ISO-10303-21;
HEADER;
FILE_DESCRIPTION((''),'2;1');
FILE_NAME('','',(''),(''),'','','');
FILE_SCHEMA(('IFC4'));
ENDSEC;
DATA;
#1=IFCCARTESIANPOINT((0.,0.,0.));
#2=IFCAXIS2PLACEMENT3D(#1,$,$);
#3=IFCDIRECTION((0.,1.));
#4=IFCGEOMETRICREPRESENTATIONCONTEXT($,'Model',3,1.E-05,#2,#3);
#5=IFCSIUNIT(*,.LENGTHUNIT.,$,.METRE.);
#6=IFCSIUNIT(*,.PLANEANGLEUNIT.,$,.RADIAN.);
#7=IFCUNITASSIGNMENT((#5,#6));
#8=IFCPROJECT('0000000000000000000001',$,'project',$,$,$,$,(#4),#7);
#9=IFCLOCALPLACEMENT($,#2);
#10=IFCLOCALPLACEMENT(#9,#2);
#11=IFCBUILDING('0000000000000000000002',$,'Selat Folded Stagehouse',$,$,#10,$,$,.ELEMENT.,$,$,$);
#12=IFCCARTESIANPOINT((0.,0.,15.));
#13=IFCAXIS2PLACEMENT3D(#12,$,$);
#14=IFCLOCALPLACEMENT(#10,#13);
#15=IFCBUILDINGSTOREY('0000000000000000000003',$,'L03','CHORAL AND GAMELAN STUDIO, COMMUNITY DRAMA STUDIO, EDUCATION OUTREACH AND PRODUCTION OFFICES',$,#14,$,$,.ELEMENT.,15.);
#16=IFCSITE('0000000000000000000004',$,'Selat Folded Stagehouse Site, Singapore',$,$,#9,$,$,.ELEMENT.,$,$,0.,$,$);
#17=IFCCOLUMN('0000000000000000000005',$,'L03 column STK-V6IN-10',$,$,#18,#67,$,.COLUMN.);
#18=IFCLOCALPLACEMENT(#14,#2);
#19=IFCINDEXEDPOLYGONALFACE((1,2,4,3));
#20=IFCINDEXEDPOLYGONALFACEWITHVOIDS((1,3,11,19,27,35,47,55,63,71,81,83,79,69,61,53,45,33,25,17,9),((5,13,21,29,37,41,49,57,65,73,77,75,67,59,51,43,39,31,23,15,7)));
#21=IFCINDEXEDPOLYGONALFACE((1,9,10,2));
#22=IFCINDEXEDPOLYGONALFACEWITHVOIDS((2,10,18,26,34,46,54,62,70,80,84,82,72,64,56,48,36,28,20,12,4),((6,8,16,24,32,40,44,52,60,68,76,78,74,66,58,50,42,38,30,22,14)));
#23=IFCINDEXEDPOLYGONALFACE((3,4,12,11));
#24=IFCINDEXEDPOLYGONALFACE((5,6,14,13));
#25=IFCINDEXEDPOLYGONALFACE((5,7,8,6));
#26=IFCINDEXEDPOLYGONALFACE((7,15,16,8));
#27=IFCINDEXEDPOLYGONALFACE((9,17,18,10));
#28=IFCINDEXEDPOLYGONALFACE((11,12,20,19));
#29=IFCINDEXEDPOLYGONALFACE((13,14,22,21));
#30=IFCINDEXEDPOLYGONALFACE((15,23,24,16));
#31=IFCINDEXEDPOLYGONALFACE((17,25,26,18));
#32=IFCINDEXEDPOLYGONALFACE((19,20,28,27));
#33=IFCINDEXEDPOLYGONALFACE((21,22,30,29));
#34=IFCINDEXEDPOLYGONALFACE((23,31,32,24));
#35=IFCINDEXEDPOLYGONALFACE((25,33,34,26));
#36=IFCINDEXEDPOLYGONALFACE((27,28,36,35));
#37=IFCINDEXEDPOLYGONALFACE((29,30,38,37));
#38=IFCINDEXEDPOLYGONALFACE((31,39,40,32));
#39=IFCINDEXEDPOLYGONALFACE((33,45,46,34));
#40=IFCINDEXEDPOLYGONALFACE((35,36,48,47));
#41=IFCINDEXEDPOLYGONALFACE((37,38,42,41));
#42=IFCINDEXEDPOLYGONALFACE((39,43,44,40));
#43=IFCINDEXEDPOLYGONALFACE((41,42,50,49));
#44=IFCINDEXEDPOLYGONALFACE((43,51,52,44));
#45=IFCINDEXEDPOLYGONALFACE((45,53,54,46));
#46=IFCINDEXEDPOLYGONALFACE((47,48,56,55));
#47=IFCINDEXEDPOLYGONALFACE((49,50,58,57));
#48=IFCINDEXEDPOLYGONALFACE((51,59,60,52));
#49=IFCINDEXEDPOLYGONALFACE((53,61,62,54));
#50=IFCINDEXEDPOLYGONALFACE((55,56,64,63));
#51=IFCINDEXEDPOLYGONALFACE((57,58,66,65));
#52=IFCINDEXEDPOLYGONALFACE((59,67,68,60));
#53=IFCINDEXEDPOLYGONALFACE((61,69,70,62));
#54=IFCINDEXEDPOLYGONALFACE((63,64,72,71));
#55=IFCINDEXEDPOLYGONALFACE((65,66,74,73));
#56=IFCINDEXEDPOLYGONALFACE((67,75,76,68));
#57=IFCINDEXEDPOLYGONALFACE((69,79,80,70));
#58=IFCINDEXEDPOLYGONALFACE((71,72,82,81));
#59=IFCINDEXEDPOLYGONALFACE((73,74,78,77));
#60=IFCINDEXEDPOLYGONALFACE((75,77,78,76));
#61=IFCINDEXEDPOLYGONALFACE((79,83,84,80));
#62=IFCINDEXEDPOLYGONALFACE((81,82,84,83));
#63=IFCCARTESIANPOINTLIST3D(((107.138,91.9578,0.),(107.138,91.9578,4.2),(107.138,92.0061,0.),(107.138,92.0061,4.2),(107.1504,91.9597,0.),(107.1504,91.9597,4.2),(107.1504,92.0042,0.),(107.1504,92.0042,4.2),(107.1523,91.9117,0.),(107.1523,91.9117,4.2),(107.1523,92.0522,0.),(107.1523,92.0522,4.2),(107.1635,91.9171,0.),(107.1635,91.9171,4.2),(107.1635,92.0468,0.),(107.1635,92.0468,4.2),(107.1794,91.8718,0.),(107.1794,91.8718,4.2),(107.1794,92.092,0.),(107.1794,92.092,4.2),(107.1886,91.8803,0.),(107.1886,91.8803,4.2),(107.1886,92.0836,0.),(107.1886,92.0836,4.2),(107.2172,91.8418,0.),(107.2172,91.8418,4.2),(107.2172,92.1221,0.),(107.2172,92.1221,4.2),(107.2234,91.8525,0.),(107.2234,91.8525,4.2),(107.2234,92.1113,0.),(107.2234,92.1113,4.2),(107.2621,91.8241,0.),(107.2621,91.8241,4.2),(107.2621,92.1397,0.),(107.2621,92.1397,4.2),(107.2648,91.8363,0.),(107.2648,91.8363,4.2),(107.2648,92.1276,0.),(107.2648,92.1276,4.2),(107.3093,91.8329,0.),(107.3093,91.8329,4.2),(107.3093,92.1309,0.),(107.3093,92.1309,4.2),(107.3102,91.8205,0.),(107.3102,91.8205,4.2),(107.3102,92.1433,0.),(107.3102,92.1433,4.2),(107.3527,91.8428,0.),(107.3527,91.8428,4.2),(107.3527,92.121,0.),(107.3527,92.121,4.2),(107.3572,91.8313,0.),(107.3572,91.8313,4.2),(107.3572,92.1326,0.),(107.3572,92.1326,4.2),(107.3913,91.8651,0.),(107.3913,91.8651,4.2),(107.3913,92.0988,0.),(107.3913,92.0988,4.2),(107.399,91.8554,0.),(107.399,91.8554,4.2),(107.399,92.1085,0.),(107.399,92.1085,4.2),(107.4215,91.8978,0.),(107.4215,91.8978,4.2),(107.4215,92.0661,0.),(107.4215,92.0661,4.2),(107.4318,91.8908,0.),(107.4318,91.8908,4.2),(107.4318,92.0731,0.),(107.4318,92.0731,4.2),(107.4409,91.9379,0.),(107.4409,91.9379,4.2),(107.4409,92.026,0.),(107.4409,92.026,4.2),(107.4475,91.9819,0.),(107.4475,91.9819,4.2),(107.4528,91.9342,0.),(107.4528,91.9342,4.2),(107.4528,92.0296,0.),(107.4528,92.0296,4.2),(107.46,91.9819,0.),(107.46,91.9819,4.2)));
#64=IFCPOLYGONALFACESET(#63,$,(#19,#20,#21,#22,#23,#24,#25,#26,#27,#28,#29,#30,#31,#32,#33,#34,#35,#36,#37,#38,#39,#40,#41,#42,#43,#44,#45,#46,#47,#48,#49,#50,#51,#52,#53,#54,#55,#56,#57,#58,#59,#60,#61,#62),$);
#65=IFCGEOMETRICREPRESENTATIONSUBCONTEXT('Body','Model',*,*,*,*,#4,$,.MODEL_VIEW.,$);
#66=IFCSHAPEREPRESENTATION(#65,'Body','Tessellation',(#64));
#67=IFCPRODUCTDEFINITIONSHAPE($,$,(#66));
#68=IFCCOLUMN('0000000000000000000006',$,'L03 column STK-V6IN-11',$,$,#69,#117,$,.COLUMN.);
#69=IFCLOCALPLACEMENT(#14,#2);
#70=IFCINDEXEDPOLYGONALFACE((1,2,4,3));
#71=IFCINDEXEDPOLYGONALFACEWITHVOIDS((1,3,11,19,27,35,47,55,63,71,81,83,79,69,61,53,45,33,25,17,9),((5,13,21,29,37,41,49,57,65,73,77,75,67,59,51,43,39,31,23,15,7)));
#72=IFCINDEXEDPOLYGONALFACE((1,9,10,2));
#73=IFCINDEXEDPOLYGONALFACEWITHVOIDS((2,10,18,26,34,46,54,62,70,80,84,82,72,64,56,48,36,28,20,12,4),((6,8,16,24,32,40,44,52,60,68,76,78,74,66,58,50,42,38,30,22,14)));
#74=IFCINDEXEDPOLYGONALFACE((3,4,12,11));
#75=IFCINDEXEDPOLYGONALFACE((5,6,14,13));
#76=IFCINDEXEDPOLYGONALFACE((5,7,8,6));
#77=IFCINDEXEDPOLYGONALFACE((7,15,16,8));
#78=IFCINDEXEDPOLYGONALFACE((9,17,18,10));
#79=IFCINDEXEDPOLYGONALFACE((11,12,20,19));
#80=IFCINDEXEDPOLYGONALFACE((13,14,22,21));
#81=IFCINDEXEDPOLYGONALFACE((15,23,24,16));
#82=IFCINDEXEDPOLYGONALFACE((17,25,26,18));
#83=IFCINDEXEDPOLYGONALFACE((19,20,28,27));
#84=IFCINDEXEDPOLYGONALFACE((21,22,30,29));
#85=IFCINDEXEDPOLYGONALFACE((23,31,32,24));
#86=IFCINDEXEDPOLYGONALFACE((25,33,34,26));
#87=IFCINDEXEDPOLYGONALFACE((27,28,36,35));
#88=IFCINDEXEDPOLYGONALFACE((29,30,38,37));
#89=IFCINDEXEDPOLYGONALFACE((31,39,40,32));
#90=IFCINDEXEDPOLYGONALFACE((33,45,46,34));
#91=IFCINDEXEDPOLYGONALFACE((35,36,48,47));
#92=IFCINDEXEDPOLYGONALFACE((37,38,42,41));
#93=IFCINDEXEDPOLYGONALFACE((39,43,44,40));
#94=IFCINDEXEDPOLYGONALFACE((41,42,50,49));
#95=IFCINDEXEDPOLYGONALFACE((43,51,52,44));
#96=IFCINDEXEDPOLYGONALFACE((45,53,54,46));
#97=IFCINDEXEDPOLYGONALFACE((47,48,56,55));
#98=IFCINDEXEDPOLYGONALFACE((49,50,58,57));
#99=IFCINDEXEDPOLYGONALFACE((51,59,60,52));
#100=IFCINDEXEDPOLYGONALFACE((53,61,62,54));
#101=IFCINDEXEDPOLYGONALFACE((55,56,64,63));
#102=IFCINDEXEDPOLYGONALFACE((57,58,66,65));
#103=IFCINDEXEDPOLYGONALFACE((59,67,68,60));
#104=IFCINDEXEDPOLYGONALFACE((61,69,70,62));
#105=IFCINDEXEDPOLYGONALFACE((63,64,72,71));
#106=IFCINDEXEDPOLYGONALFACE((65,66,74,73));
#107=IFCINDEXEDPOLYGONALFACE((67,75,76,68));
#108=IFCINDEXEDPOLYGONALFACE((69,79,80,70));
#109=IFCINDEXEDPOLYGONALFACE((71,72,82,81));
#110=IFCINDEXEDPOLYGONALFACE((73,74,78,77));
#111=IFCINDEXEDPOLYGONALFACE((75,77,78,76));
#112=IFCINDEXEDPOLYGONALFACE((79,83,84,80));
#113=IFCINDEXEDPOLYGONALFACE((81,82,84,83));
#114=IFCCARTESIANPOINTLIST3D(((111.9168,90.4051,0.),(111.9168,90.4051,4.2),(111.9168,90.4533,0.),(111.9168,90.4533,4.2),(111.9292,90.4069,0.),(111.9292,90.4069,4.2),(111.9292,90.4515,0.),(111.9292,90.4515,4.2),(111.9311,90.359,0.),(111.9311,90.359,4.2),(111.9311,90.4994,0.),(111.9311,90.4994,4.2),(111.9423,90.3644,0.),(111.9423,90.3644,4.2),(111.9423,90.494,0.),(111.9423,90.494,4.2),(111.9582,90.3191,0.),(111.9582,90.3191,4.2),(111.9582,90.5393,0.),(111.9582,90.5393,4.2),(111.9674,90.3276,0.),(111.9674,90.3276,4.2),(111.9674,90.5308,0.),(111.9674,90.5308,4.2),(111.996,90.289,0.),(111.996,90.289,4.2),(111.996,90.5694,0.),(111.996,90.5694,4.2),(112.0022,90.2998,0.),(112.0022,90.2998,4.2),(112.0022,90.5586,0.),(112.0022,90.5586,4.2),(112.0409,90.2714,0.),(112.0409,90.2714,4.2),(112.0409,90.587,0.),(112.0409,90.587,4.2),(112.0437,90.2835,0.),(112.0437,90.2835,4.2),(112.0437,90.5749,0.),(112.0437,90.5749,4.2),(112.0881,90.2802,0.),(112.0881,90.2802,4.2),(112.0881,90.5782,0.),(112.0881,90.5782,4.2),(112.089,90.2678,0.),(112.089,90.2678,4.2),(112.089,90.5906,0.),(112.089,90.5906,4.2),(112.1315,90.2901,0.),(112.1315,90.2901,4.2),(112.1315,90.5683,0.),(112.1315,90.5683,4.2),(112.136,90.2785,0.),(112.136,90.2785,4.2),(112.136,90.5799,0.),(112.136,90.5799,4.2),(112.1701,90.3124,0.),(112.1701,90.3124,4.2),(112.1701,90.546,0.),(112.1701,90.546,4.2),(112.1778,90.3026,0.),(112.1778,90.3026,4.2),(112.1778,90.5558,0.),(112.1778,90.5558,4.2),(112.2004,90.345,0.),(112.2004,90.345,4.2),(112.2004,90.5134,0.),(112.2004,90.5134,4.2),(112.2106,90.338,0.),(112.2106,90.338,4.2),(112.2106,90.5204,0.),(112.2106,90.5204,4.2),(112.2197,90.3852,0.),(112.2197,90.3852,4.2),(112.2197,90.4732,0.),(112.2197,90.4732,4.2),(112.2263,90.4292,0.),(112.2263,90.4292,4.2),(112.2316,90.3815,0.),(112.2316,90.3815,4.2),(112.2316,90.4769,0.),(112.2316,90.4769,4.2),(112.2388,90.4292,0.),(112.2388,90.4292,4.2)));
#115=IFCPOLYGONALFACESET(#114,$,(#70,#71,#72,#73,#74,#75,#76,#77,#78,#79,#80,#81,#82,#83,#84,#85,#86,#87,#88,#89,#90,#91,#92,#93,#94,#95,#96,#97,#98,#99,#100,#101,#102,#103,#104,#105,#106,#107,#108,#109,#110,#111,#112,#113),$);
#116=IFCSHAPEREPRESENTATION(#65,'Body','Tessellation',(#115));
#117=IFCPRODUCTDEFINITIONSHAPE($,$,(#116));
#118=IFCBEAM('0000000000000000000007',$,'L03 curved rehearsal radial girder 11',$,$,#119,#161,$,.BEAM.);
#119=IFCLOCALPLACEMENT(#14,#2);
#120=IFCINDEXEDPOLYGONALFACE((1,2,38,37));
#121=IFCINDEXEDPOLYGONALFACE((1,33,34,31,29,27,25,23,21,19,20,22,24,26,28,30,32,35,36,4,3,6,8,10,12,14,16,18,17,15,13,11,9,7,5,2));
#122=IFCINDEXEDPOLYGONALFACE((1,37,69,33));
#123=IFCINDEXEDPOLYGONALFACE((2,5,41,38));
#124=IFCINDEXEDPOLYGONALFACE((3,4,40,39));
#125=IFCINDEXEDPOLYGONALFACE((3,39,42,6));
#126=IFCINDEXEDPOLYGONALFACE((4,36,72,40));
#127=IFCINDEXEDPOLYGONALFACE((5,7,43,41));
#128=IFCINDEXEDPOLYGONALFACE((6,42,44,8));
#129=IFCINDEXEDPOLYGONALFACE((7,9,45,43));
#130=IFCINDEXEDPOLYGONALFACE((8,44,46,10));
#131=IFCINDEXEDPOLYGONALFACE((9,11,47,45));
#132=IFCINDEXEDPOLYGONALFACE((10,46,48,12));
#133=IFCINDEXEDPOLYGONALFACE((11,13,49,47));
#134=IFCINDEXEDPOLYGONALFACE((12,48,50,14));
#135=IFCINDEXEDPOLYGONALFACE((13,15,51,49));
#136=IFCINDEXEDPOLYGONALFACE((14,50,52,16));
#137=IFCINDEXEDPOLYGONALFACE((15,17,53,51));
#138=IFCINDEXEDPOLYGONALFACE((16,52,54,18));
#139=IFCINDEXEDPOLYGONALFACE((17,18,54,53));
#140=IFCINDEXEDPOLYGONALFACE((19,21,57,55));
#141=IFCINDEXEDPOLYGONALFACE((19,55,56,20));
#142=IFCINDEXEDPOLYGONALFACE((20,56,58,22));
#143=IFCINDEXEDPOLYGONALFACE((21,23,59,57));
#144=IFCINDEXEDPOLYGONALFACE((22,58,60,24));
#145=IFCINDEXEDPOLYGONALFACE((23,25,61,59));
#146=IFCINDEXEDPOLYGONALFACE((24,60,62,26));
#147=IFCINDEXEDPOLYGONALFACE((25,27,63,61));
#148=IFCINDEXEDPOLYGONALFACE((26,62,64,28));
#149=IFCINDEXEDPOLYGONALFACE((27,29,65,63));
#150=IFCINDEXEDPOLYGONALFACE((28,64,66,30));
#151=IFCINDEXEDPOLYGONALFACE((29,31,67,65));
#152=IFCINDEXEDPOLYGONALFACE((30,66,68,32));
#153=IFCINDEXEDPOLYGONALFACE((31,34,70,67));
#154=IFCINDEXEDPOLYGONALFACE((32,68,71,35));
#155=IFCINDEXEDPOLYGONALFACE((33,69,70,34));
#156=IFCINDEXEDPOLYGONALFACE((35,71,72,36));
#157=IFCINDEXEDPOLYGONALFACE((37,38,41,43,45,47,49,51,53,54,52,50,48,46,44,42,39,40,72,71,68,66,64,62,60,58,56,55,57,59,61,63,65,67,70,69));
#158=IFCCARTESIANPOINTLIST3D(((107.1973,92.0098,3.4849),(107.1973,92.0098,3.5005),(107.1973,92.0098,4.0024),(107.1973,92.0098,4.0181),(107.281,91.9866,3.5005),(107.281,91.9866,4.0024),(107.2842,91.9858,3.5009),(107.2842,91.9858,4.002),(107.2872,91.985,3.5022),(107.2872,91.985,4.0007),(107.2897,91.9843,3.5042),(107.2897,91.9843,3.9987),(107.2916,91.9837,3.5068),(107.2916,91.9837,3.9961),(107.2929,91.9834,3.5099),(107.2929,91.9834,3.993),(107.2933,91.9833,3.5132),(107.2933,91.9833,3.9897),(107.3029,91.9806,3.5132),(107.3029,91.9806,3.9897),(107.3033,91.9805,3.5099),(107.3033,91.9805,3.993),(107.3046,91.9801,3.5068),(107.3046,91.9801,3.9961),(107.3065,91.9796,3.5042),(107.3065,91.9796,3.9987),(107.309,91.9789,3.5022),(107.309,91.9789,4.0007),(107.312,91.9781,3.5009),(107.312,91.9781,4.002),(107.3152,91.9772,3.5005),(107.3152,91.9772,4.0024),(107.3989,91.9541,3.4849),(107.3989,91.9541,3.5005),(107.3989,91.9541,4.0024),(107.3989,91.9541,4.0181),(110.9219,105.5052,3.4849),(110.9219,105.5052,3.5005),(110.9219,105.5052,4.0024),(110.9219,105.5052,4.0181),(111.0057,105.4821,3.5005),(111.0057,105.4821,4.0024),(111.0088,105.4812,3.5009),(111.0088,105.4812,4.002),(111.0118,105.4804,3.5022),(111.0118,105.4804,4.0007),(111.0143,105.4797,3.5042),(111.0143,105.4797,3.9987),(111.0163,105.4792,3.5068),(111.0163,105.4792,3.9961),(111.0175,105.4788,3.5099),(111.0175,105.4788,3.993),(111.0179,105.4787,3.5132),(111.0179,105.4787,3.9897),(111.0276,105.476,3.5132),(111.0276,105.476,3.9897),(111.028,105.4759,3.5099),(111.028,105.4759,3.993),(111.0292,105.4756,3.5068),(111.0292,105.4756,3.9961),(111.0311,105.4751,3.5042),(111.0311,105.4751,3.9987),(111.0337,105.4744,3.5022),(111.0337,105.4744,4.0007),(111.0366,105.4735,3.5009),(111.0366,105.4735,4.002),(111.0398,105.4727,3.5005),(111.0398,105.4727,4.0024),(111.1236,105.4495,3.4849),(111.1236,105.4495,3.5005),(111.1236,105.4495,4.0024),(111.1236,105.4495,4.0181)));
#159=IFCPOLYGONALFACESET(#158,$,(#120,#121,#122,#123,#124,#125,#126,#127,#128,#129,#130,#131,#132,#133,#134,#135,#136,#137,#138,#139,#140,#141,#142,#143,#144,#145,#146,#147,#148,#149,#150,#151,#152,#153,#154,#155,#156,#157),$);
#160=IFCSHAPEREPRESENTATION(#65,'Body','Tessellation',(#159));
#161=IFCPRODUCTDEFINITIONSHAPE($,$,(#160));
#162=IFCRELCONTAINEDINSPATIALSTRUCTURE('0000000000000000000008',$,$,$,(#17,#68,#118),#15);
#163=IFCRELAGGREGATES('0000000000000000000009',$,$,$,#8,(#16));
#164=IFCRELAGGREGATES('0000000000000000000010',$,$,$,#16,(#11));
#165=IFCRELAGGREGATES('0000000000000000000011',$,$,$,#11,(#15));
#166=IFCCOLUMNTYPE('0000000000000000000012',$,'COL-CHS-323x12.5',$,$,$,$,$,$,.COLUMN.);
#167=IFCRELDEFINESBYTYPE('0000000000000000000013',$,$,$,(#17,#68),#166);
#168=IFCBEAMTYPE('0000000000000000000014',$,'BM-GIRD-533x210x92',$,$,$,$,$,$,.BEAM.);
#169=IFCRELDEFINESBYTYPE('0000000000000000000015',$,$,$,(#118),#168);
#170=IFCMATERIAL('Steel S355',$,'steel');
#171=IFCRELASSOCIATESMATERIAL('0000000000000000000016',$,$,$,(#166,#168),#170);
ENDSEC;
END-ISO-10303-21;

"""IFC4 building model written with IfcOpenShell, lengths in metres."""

from ifc_helpers import new_model, si_unit, direction, frame, origin, origin_2d, place, context, subcontext, project, spatial, hollow_circle, i_section, extrude, material, material_profile, profile_set, type_object, element, save


model = new_model("IFC4")

# Units and contexts
model_context = context("Model", 3, precision=1e-05, world=origin(), true_north=direction((0.0, 1.0)))
body_context = subcontext(model_context, "Body", "Model", "MODEL_VIEW")
ifc_project = project(units=[si_unit("LENGTHUNIT", "METRE"), si_unit("PLANEANGLEUNIT", "RADIAN")], contexts=[model_context])

# Site, building, storey
site_placement = place(None, origin())
site = spatial("IfcSite", under=ifc_project, at=site_placement, Name="Selat Folded Stagehouse Site, Singapore", CompositionType="ELEMENT", RefElevation=0.0)
building_placement = place(site_placement, origin())
building = spatial("IfcBuilding", under=site, at=building_placement, Name="Selat Folded Stagehouse", CompositionType="ELEMENT")
storey_placement = place(building_placement, frame((0.0, 0.0, 15.0)))
storey = spatial("IfcBuildingStorey", under=building, at=storey_placement, Name="L03", Description="CHORAL AND GAMELAN STUDIO, COMMUNITY DRAMA STUDIO, EDUCATION OUTREACH AND PRODUCTION OFFICES", CompositionType="ELEMENT", Elevation=15.0)

# Columns
ifc_material_1 = material(Name="Steel S355", Category="steel")
ifc_material_profile_1 = material_profile(ifc_material_1, hollow_circle(Radius=0.1619, WallThickness=0.0125, at=origin_2d()), Name="CHS 323.9x12.5")
ifc_profile_set_1 = profile_set([ifc_material_profile_1], Name="Steel S355")
column_type = type_object("IfcColumnType", Name="COL-CHS-323x12.5", PredefinedType="COLUMN", material=ifc_profile_set_1)
for number, where, z_axis, x_axis, name in (
    (1, (107.2981, 91.9819, 0.0), (0.0, 0.0, 1.0), (1.0, 0.0, 0.0), "L03 column STK-V6IN-10"),
    (2, (112.0769, 90.4292, 0.0), (0.0, 0.0, 1.0), (1.0, 0.0, 0.0), "L03 column STK-V6IN-11"),
):
    element("IfcColumn", number, at=place(storey_placement, frame(where, z_axis=z_axis, x_axis=x_axis)), inside=storey, type_object=column_type, Name=name, PredefinedType="COLUMN", context=body_context, shape_type="SweptSolid", body=[
        extrude(hollow_circle(Radius=0.1619, WallThickness=0.0125, at=origin_2d()), origin(), (0.0, 0.0, 1.0), 4.2),
    ])

# Beam
ifc_material_profile_2 = material_profile(ifc_material_1, i_section(OverallWidth=0.2092, OverallDepth=0.5332, WebThickness=0.01, FlangeThickness=0.0156, FilletRadius=0.0127, at=origin_2d()), Name="UKB 533x210x92")
ifc_profile_set_2 = profile_set([ifc_material_profile_2], Name="Steel S355")
beam_type_1 = type_object("IfcBeamType", Name="BM-GIRD-533x210x92", PredefinedType="BEAM", material=ifc_profile_set_2)
beam_1_placement = place(storey_placement, frame((107.2981, 91.9819, 3.7515), z_axis=(0.266045, 0.963961, 0.0), x_axis=(-0.963961, 0.266045, 0.0)))
element("IfcBeam", 3, at=beam_1_placement, inside=storey, type_object=beam_type_1, Name="L03 curved rehearsal radial girder 11", PredefinedType="BEAM", context=body_context, shape_type="SweptSolid", body=[
    extrude(i_section(OverallWidth=0.2092, OverallDepth=0.5332, WebThickness=0.01, FlangeThickness=0.0156, FilletRadius=0.0127, at=origin_2d()), origin(), (0.0, 0.0, 1.0), 14.0),
])

save(model, "model.ifc")
